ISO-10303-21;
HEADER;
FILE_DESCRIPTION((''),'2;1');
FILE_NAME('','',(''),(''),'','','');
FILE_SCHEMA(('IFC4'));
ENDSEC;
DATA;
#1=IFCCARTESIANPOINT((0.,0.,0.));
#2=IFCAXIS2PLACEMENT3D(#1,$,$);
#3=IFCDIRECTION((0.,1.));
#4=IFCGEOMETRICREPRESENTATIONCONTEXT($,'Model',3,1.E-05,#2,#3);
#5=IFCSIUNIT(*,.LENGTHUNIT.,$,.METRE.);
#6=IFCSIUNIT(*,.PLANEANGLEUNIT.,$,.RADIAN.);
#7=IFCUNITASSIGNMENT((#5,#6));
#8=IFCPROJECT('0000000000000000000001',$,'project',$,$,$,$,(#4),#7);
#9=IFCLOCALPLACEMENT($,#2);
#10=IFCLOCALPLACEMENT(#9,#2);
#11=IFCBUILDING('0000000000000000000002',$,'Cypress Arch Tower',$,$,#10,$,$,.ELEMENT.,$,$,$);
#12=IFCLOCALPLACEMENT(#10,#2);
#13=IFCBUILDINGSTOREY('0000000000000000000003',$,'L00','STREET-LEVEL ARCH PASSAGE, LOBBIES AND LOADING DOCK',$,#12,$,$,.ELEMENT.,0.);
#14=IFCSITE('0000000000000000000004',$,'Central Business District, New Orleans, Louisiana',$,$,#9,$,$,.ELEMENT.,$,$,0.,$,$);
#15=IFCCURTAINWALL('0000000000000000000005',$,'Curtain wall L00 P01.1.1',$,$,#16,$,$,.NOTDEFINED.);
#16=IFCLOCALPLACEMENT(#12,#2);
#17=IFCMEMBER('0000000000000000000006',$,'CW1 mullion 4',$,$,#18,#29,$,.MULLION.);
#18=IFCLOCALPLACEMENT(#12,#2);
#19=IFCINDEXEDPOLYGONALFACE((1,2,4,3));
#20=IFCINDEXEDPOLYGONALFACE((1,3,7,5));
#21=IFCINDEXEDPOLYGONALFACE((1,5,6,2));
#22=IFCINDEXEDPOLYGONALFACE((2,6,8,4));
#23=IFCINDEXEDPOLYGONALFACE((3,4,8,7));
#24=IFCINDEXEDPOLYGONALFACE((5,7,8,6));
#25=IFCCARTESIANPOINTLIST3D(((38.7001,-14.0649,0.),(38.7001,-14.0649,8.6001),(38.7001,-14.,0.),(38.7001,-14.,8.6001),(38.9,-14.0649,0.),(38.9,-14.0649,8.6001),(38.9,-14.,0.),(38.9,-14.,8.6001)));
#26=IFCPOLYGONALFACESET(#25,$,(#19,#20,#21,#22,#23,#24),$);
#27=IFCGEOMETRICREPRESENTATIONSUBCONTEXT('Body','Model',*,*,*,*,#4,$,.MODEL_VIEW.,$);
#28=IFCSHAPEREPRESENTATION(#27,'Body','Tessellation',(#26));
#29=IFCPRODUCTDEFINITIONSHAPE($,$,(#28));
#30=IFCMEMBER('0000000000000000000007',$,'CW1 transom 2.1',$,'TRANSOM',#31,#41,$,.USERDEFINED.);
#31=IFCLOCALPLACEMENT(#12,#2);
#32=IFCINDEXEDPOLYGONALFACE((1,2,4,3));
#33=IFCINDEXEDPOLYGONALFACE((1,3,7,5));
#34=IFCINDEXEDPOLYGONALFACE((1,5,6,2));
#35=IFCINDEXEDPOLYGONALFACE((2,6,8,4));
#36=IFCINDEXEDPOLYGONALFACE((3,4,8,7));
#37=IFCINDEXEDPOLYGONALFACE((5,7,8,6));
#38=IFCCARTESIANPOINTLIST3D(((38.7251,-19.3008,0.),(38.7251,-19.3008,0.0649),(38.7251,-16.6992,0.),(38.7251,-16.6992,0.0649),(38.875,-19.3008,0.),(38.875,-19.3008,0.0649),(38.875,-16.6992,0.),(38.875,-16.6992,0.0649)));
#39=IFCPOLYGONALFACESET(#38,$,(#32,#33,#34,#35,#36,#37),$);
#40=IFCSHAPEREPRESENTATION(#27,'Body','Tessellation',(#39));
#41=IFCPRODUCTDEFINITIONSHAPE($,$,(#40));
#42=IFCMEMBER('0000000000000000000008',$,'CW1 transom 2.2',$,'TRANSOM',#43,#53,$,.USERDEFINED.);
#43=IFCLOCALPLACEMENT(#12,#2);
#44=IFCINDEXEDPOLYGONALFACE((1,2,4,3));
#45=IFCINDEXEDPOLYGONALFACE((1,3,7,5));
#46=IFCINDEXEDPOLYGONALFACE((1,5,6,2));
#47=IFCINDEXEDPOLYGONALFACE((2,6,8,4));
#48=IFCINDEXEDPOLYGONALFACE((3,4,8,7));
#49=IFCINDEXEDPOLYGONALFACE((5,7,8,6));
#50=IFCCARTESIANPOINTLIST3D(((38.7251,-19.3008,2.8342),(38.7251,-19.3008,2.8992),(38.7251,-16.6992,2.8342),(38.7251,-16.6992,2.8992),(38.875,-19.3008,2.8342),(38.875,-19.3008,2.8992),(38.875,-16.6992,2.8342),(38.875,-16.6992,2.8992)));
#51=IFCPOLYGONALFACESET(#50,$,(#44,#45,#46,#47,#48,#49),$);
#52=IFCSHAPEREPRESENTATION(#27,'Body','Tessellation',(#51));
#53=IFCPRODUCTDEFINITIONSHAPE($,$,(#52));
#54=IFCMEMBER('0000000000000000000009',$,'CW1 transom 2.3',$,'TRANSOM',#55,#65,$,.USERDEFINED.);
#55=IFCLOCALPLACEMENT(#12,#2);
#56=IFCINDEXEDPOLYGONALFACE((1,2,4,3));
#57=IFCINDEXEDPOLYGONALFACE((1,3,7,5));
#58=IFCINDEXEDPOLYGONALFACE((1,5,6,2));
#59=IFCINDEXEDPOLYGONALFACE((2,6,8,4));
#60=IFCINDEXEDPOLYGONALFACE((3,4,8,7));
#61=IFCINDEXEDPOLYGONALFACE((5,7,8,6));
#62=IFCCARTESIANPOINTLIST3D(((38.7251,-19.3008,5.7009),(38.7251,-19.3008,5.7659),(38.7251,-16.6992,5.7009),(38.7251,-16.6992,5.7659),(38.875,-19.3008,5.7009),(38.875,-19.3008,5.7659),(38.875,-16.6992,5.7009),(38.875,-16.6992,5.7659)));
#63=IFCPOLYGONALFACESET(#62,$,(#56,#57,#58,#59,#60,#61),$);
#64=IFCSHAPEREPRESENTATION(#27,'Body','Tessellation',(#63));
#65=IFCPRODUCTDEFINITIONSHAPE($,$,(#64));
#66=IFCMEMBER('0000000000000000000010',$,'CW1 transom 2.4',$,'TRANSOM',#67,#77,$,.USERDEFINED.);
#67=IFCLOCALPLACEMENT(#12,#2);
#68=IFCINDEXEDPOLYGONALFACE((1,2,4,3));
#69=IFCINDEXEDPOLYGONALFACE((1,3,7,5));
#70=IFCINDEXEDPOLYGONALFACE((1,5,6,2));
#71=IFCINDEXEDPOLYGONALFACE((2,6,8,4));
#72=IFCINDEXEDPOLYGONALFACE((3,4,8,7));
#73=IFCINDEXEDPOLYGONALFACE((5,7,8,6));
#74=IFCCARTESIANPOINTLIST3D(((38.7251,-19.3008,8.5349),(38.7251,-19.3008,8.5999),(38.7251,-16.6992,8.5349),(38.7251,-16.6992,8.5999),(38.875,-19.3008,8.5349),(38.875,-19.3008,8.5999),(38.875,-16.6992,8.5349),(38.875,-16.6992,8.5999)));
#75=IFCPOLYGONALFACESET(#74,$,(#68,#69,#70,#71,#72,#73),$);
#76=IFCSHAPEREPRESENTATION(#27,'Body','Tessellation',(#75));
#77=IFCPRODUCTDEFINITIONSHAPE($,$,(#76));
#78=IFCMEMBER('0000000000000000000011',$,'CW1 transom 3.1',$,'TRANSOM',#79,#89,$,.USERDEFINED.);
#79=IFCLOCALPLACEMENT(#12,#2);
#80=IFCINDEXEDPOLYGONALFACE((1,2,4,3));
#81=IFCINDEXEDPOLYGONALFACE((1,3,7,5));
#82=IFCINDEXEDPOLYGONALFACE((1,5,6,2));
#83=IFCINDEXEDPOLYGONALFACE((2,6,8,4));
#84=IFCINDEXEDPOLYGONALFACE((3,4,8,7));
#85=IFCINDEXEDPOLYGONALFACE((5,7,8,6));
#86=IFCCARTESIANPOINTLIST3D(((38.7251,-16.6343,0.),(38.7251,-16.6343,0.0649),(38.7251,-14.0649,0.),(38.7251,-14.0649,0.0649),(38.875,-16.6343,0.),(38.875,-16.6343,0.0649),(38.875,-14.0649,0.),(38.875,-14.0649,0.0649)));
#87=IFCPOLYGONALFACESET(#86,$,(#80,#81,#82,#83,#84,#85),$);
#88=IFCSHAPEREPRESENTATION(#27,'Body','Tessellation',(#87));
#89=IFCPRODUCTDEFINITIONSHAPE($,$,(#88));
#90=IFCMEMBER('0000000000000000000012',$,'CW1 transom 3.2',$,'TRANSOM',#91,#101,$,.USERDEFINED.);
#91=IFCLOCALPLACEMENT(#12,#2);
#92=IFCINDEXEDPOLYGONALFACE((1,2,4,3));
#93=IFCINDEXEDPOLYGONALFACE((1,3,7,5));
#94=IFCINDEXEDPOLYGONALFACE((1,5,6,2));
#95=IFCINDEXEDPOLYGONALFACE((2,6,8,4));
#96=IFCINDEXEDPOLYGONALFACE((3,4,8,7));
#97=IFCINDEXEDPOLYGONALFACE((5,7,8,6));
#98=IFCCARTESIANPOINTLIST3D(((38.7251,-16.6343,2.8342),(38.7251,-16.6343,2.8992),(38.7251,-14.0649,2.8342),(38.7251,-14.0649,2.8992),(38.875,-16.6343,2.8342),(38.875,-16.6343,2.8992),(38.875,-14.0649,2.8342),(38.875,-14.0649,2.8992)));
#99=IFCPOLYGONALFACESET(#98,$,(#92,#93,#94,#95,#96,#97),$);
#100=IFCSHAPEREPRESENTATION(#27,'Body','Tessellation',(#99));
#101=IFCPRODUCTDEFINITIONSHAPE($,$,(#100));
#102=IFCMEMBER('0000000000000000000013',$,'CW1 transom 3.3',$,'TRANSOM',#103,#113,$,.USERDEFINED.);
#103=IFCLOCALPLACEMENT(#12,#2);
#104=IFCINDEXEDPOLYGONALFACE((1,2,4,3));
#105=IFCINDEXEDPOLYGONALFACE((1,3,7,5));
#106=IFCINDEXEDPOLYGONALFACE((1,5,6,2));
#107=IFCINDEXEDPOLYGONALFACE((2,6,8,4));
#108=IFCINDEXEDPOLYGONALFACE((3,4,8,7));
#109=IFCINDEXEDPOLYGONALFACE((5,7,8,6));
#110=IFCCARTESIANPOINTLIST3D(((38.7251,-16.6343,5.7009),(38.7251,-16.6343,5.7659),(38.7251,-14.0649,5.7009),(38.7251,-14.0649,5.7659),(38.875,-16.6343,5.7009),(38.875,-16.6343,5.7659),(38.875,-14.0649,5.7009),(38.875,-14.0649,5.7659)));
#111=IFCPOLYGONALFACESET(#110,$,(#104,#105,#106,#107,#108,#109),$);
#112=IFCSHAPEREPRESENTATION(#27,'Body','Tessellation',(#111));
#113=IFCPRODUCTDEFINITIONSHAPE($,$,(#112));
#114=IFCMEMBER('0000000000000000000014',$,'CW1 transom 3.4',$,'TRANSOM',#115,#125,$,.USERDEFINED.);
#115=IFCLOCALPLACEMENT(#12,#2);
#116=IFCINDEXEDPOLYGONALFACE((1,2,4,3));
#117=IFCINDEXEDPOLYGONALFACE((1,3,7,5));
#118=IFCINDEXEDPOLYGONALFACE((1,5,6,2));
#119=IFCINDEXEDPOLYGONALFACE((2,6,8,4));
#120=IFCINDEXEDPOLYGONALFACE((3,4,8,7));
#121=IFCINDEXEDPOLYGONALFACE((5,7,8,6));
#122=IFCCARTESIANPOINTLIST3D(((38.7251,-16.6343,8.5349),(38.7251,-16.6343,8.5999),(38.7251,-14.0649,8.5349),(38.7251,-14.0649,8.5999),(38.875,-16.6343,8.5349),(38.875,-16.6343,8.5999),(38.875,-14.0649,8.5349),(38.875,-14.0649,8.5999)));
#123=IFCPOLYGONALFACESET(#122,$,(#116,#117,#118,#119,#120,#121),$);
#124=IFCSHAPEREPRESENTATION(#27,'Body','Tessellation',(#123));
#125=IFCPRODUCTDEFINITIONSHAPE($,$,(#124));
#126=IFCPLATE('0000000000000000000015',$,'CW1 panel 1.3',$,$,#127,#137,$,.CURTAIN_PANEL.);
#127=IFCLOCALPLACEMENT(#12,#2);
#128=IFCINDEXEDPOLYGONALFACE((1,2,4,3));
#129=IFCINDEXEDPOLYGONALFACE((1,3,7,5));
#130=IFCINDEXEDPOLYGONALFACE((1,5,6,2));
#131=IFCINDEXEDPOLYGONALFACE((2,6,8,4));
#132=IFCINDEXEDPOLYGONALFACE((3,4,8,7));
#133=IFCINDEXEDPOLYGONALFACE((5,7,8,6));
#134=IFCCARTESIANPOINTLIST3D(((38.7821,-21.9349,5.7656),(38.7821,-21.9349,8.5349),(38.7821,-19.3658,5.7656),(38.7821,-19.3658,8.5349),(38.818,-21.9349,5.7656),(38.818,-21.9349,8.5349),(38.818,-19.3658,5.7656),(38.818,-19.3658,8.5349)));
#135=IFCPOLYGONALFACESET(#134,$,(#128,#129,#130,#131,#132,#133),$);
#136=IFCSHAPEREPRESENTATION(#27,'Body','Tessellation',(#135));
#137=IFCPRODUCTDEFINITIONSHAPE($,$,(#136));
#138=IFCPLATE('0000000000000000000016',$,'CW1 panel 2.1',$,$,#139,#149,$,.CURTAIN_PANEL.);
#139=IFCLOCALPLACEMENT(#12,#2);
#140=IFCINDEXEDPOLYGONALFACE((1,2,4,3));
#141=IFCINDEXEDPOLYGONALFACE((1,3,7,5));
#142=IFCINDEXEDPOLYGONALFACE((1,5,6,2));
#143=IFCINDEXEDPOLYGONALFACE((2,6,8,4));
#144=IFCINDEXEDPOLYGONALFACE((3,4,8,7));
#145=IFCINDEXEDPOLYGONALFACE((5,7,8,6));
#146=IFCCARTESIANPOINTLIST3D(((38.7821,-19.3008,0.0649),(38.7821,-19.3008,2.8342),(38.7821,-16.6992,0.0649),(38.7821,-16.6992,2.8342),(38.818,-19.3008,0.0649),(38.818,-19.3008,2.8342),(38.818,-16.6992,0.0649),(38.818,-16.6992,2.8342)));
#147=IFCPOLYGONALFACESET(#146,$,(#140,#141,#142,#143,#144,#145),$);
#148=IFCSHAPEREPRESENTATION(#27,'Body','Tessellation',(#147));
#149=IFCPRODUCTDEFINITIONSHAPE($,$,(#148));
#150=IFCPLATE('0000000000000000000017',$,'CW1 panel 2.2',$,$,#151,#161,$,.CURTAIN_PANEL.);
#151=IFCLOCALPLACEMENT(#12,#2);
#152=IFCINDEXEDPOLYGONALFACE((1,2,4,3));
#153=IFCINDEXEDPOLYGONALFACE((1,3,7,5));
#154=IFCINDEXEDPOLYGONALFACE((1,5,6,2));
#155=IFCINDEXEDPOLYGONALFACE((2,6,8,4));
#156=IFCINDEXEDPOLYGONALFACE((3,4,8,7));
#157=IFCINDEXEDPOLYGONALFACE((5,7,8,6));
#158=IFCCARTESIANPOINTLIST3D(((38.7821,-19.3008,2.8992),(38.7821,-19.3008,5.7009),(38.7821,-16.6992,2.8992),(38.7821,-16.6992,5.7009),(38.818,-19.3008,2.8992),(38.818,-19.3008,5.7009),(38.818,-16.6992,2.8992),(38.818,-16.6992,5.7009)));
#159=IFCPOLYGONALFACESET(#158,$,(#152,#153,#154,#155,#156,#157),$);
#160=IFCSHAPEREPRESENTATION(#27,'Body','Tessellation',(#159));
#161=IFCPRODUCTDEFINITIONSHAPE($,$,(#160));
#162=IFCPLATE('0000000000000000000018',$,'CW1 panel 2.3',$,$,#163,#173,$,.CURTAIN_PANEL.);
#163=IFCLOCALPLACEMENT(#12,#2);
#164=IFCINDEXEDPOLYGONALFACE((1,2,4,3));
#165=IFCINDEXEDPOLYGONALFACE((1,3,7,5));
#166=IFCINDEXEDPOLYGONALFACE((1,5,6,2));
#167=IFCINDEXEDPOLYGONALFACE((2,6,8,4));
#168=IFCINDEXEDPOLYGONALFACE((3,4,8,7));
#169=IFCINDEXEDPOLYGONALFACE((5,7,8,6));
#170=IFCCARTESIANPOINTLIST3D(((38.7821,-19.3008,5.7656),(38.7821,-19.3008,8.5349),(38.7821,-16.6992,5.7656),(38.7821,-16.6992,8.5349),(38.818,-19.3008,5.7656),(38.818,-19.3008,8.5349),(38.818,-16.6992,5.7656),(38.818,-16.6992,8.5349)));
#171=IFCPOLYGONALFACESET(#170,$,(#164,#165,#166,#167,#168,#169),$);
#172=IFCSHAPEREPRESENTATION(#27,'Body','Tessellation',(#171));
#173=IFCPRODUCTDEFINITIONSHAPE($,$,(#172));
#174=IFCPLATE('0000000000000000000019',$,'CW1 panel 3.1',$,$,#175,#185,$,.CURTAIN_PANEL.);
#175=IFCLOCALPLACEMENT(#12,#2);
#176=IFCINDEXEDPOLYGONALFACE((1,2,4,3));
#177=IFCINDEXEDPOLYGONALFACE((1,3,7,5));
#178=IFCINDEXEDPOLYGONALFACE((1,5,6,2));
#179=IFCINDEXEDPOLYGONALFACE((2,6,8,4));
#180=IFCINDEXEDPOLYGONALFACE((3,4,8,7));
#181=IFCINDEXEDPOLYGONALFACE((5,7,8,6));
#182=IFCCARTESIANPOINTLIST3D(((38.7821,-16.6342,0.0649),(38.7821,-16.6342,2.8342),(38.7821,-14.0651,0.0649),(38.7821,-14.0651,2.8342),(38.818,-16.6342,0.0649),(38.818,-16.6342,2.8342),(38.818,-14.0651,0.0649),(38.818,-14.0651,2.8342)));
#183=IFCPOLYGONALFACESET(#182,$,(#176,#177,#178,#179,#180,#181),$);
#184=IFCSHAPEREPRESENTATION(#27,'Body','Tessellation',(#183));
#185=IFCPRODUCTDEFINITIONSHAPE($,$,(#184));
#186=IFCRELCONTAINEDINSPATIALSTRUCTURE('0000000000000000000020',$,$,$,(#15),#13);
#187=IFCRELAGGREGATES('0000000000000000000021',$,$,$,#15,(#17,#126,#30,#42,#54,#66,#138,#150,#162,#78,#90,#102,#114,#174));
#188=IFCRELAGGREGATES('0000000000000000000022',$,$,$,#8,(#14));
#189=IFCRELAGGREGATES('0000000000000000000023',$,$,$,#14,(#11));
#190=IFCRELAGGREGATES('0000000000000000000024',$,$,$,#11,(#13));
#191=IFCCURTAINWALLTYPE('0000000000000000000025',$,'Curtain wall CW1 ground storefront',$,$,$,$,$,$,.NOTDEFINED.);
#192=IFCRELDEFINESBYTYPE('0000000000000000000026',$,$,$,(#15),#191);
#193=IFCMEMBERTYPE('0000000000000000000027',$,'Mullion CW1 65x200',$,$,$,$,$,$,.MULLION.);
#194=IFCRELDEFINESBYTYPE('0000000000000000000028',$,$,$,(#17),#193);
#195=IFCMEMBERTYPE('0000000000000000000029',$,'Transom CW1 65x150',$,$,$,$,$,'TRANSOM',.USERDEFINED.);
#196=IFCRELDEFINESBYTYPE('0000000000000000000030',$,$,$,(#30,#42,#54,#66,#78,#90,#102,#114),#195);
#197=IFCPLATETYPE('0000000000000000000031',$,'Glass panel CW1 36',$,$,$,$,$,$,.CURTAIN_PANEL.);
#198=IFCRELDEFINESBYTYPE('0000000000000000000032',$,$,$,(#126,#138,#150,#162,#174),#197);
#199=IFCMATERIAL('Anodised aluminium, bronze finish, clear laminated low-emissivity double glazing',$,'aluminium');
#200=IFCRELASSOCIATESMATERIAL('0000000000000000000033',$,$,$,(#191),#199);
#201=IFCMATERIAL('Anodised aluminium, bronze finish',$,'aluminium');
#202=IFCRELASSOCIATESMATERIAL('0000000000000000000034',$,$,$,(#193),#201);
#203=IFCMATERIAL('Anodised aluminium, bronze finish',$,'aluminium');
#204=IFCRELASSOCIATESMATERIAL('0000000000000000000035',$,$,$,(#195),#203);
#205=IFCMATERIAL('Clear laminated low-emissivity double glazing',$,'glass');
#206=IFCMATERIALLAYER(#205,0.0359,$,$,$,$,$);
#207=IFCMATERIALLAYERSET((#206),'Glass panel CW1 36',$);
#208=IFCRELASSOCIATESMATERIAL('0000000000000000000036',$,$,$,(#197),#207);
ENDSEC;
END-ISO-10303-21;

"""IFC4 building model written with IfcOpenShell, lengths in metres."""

from ifc_helpers import new_model, si_unit, direction, frame, origin, origin_2d, place, context, subcontext, project, spatial, rectangle, extrude, material, layer, layer_set, material_profile, profile_set, type_object, element, aggregate, save


model = new_model("IFC4")

# Units and contexts
model_context = context("Model", 3, precision=1e-05, world=origin(), true_north=direction((0.0, 1.0)))
body_context = subcontext(model_context, "Body", "Model", "MODEL_VIEW")
ifc_project = project(units=[si_unit("LENGTHUNIT", "METRE"), si_unit("PLANEANGLEUNIT", "RADIAN")], contexts=[model_context])

# Site, building, storey
site_placement = place(None, origin())
site = spatial("IfcSite", under=ifc_project, at=site_placement, Name="Central Business District, New Orleans, Louisiana", CompositionType="ELEMENT", RefElevation=0.0)
building_placement = place(site_placement, origin())
building = spatial("IfcBuilding", under=site, at=building_placement, Name="Cypress Arch Tower", CompositionType="ELEMENT")
storey_placement = place(building_placement, origin())
storey = spatial("IfcBuildingStorey", under=building, at=storey_placement, Name="L00", Description="STREET-LEVEL ARCH PASSAGE, LOBBIES AND LOADING DOCK", CompositionType="ELEMENT", Elevation=0.0)

# Curtain wall, members, plates
ifc_material_1 = material(Name="Anodised aluminium, bronze finish, clear laminated low-emissivity double glazing", Category="aluminium")
curtain_wall_type = type_object("IfcCurtainWallType", Name="Curtain wall CW1 ground storefront", PredefinedType="NOTDEFINED", material=ifc_material_1)
curtain_wall_placement = place(storey_placement, origin())
curtain_wall = element("IfcCurtainWall", 1, at=curtain_wall_placement, inside=storey, type_object=curtain_wall_type, Name="Curtain wall L00 P01.1.1", PredefinedType="NOTDEFINED")
ifc_material_2 = material(Name="Anodised aluminium, bronze finish", Category="aluminium")
ifc_material_profile_1 = material_profile(ifc_material_2, rectangle(XDim=0.2, YDim=0.0649, at=origin_2d()), Name="Mullion 65x200")
ifc_profile_set_1 = profile_set([ifc_material_profile_1], Name="Anodised aluminium, bronze finish")
member_type_1 = type_object("IfcMemberType", Name="Mullion CW1 65x200", PredefinedType="MULLION", material=ifc_profile_set_1)
member_1_placement = place(storey_placement, frame((38.8, -14.0325, 0.0), z_axis=(0.0, 0.0, 1.0), x_axis=(-1.0, 0.0, 0.0)))
member_1 = element("IfcMember", 2, at=member_1_placement, type_object=member_type_1, Name="CW1 mullion 4", PredefinedType="MULLION", context=body_context, shape_type="SweptSolid", body=[
    extrude(rectangle(XDim=0.2, YDim=0.0649, at=origin_2d()), origin(), (0.0, 0.0, 1.0), 8.6001),
])
ifc_material_3 = material(Name="Anodised aluminium, bronze finish", Category="aluminium")
ifc_material_profile_2 = material_profile(ifc_material_3, rectangle(XDim=0.1499, YDim=0.0649, at=origin_2d()), Name="Transom 65x150")
ifc_profile_set_2 = profile_set([ifc_material_profile_2], Name="Anodised aluminium, bronze finish")
member_type_2 = type_object("IfcMemberType", Name="Transom CW1 65x150", ElementType="TRANSOM", PredefinedType="USERDEFINED", material=ifc_profile_set_2)
member_2_placement = place(storey_placement, frame((38.8, -19.3008, 0.0325), z_axis=(0.0, 1.0, 0.0), x_axis=(-1.0, 0.0, 0.0)))
member_2 = element("IfcMember", 3, at=member_2_placement, type_object=member_type_2, Name="CW1 transom 2.1", ObjectType="TRANSOM", PredefinedType="USERDEFINED", context=body_context, shape_type="SweptSolid", body=[
    extrude(rectangle(XDim=0.1499, YDim=0.0649, at=origin_2d()), origin(), (0.0, 0.0, 1.0), 2.6016),
])
member_3_placement = place(storey_placement, frame((38.8, -19.3008, 2.8667), z_axis=(0.0, 1.0, 0.0), x_axis=(-1.0, 0.0, 0.0)))
member_3 = element("IfcMember", 4, at=member_3_placement, type_object=member_type_2, Name="CW1 transom 2.2", ObjectType="TRANSOM", PredefinedType="USERDEFINED", context=body_context, shape_type="SweptSolid", body=[
    extrude(rectangle(XDim=0.1499, YDim=0.0649, at=origin_2d()), origin(), (0.0, 0.0, 1.0), 2.6016),
])
member_4_placement = place(storey_placement, frame((38.8, -19.3008, 5.7334), z_axis=(0.0, 1.0, 0.0), x_axis=(-1.0, 0.0, 0.0)))
member_4 = element("IfcMember", 5, at=member_4_placement, type_object=member_type_2, Name="CW1 transom 2.3", ObjectType="TRANSOM", PredefinedType="USERDEFINED", context=body_context, shape_type="SweptSolid", body=[
    extrude(rectangle(XDim=0.1499, YDim=0.0649, at=origin_2d()), origin(), (0.0, 0.0, 1.0), 2.6016),
])
member_5_placement = place(storey_placement, frame((38.8, -19.3008, 8.5674), z_axis=(0.0, 1.0, 0.0), x_axis=(-1.0, 0.0, 0.0)))
member_5 = element("IfcMember", 6, at=member_5_placement, type_object=member_type_2, Name="CW1 transom 2.4", ObjectType="TRANSOM", PredefinedType="USERDEFINED", context=body_context, shape_type="SweptSolid", body=[
    extrude(rectangle(XDim=0.1499, YDim=0.0649, at=origin_2d()), origin(), (0.0, 0.0, 1.0), 2.6016),
])
member_6_placement = place(storey_placement, frame((38.8, -16.6343, 0.0325), z_axis=(0.0, 1.0, 0.0), x_axis=(-1.0, 0.0, 0.0)))
member_6 = element("IfcMember", 7, at=member_6_placement, type_object=member_type_2, Name="CW1 transom 3.1", ObjectType="TRANSOM", PredefinedType="USERDEFINED", context=body_context, shape_type="SweptSolid", body=[
    extrude(rectangle(XDim=0.1499, YDim=0.0649, at=origin_2d()), origin(), (0.0, 0.0, 1.0), 2.5693),
])
member_7_placement = place(storey_placement, frame((38.8, -16.6343, 2.8667), z_axis=(0.0, 1.0, 0.0), x_axis=(-1.0, 0.0, 0.0)))
member_7 = element("IfcMember", 8, at=member_7_placement, type_object=member_type_2, Name="CW1 transom 3.2", ObjectType="TRANSOM", PredefinedType="USERDEFINED", context=body_context, shape_type="SweptSolid", body=[
    extrude(rectangle(XDim=0.1499, YDim=0.0649, at=origin_2d()), origin(), (0.0, 0.0, 1.0), 2.5693),
])
member_8_placement = place(storey_placement, frame((38.8, -16.6343, 5.7334), z_axis=(0.0, 1.0, 0.0), x_axis=(-1.0, 0.0, 0.0)))
member_8 = element("IfcMember", 9, at=member_8_placement, type_object=member_type_2, Name="CW1 transom 3.3", ObjectType="TRANSOM", PredefinedType="USERDEFINED", context=body_context, shape_type="SweptSolid", body=[
    extrude(rectangle(XDim=0.1499, YDim=0.0649, at=origin_2d()), origin(), (0.0, 0.0, 1.0), 2.5693),
])
member_9_placement = place(storey_placement, frame((38.8, -16.6343, 8.5674), z_axis=(0.0, 1.0, 0.0), x_axis=(-1.0, 0.0, 0.0)))
member_9 = element("IfcMember", 10, at=member_9_placement, type_object=member_type_2, Name="CW1 transom 3.4", ObjectType="TRANSOM", PredefinedType="USERDEFINED", context=body_context, shape_type="SweptSolid", body=[
    extrude(rectangle(XDim=0.1499, YDim=0.0649, at=origin_2d()), origin(), (0.0, 0.0, 1.0), 2.5693),
])
ifc_material_4 = material(Name="Clear laminated low-emissivity double glazing", Category="glass")
ifc_layer_1 = layer(ifc_material_4, 0.0359)
ifc_layer_set_1 = layer_set([ifc_layer_1], Name="Glass panel CW1 36")
plate_type = type_object("IfcPlateType", Name="Glass panel CW1 36", PredefinedType="CURTAIN_PANEL", material=ifc_layer_set_1)
plate_1_placement = place(storey_placement, frame((38.8, -20.6504, 5.7656), z_axis=(0.0, 0.0, 1.0), x_axis=(0.0, 1.0, 0.0)))
plate_1 = element("IfcPlate", 11, at=plate_1_placement, type_object=plate_type, Name="CW1 panel 1.3", PredefinedType="CURTAIN_PANEL", context=body_context, shape_type="SweptSolid", body=[
    extrude(rectangle(XDim=2.5691, YDim=0.0359, at=origin_2d()), origin(), (0.0, 0.0, 1.0), 2.7693),
])
plate_2_placement = place(storey_placement, frame((38.8, -18.0, 0.0649), z_axis=(0.0, 0.0, 1.0), x_axis=(0.0, 1.0, 0.0)))
plate_2 = element("IfcPlate", 12, at=plate_2_placement, type_object=plate_type, Name="CW1 panel 2.1", PredefinedType="CURTAIN_PANEL", context=body_context, shape_type="SweptSolid", body=[
    extrude(rectangle(XDim=2.6016, YDim=0.0359, at=origin_2d()), origin(), (0.0, 0.0, 1.0), 2.7693),
])
plate_3_placement = place(storey_placement, frame((38.8, -18.0, 2.8992), z_axis=(0.0, 0.0, 1.0), x_axis=(0.0, 1.0, 0.0)))
plate_3 = element("IfcPlate", 13, at=plate_3_placement, type_object=plate_type, Name="CW1 panel 2.2", PredefinedType="CURTAIN_PANEL", context=body_context, shape_type="SweptSolid", body=[
    extrude(rectangle(XDim=2.6016, YDim=0.0359, at=origin_2d()), origin(), (0.0, 0.0, 1.0), 2.8018),
])
plate_4_placement = place(storey_placement, frame((38.8, -18.0, 5.7656), z_axis=(0.0, 0.0, 1.0), x_axis=(0.0, 1.0, 0.0)))
plate_4 = element("IfcPlate", 14, at=plate_4_placement, type_object=plate_type, Name="CW1 panel 2.3", PredefinedType="CURTAIN_PANEL", context=body_context, shape_type="SweptSolid", body=[
    extrude(rectangle(XDim=2.6016, YDim=0.0359, at=origin_2d()), origin(), (0.0, 0.0, 1.0), 2.7693),
])
plate_5_placement = place(storey_placement, frame((38.8, -15.3496, 0.0649), z_axis=(0.0, 0.0, 1.0), x_axis=(0.0, 1.0, 0.0)))
plate_5 = element("IfcPlate", 15, at=plate_5_placement, type_object=plate_type, Name="CW1 panel 3.1", PredefinedType="CURTAIN_PANEL", context=body_context, shape_type="SweptSolid", body=[
    extrude(rectangle(XDim=2.5691, YDim=0.0359, at=origin_2d()), origin(), (0.0, 0.0, 1.0), 2.7693),
])
aggregate(curtain_wall, [member_1, plate_1, member_2, member_3, member_4, member_5, plate_2, plate_3, plate_4, member_6, member_7, member_8, member_9, plate_5])

save(model, "model.ifc")
